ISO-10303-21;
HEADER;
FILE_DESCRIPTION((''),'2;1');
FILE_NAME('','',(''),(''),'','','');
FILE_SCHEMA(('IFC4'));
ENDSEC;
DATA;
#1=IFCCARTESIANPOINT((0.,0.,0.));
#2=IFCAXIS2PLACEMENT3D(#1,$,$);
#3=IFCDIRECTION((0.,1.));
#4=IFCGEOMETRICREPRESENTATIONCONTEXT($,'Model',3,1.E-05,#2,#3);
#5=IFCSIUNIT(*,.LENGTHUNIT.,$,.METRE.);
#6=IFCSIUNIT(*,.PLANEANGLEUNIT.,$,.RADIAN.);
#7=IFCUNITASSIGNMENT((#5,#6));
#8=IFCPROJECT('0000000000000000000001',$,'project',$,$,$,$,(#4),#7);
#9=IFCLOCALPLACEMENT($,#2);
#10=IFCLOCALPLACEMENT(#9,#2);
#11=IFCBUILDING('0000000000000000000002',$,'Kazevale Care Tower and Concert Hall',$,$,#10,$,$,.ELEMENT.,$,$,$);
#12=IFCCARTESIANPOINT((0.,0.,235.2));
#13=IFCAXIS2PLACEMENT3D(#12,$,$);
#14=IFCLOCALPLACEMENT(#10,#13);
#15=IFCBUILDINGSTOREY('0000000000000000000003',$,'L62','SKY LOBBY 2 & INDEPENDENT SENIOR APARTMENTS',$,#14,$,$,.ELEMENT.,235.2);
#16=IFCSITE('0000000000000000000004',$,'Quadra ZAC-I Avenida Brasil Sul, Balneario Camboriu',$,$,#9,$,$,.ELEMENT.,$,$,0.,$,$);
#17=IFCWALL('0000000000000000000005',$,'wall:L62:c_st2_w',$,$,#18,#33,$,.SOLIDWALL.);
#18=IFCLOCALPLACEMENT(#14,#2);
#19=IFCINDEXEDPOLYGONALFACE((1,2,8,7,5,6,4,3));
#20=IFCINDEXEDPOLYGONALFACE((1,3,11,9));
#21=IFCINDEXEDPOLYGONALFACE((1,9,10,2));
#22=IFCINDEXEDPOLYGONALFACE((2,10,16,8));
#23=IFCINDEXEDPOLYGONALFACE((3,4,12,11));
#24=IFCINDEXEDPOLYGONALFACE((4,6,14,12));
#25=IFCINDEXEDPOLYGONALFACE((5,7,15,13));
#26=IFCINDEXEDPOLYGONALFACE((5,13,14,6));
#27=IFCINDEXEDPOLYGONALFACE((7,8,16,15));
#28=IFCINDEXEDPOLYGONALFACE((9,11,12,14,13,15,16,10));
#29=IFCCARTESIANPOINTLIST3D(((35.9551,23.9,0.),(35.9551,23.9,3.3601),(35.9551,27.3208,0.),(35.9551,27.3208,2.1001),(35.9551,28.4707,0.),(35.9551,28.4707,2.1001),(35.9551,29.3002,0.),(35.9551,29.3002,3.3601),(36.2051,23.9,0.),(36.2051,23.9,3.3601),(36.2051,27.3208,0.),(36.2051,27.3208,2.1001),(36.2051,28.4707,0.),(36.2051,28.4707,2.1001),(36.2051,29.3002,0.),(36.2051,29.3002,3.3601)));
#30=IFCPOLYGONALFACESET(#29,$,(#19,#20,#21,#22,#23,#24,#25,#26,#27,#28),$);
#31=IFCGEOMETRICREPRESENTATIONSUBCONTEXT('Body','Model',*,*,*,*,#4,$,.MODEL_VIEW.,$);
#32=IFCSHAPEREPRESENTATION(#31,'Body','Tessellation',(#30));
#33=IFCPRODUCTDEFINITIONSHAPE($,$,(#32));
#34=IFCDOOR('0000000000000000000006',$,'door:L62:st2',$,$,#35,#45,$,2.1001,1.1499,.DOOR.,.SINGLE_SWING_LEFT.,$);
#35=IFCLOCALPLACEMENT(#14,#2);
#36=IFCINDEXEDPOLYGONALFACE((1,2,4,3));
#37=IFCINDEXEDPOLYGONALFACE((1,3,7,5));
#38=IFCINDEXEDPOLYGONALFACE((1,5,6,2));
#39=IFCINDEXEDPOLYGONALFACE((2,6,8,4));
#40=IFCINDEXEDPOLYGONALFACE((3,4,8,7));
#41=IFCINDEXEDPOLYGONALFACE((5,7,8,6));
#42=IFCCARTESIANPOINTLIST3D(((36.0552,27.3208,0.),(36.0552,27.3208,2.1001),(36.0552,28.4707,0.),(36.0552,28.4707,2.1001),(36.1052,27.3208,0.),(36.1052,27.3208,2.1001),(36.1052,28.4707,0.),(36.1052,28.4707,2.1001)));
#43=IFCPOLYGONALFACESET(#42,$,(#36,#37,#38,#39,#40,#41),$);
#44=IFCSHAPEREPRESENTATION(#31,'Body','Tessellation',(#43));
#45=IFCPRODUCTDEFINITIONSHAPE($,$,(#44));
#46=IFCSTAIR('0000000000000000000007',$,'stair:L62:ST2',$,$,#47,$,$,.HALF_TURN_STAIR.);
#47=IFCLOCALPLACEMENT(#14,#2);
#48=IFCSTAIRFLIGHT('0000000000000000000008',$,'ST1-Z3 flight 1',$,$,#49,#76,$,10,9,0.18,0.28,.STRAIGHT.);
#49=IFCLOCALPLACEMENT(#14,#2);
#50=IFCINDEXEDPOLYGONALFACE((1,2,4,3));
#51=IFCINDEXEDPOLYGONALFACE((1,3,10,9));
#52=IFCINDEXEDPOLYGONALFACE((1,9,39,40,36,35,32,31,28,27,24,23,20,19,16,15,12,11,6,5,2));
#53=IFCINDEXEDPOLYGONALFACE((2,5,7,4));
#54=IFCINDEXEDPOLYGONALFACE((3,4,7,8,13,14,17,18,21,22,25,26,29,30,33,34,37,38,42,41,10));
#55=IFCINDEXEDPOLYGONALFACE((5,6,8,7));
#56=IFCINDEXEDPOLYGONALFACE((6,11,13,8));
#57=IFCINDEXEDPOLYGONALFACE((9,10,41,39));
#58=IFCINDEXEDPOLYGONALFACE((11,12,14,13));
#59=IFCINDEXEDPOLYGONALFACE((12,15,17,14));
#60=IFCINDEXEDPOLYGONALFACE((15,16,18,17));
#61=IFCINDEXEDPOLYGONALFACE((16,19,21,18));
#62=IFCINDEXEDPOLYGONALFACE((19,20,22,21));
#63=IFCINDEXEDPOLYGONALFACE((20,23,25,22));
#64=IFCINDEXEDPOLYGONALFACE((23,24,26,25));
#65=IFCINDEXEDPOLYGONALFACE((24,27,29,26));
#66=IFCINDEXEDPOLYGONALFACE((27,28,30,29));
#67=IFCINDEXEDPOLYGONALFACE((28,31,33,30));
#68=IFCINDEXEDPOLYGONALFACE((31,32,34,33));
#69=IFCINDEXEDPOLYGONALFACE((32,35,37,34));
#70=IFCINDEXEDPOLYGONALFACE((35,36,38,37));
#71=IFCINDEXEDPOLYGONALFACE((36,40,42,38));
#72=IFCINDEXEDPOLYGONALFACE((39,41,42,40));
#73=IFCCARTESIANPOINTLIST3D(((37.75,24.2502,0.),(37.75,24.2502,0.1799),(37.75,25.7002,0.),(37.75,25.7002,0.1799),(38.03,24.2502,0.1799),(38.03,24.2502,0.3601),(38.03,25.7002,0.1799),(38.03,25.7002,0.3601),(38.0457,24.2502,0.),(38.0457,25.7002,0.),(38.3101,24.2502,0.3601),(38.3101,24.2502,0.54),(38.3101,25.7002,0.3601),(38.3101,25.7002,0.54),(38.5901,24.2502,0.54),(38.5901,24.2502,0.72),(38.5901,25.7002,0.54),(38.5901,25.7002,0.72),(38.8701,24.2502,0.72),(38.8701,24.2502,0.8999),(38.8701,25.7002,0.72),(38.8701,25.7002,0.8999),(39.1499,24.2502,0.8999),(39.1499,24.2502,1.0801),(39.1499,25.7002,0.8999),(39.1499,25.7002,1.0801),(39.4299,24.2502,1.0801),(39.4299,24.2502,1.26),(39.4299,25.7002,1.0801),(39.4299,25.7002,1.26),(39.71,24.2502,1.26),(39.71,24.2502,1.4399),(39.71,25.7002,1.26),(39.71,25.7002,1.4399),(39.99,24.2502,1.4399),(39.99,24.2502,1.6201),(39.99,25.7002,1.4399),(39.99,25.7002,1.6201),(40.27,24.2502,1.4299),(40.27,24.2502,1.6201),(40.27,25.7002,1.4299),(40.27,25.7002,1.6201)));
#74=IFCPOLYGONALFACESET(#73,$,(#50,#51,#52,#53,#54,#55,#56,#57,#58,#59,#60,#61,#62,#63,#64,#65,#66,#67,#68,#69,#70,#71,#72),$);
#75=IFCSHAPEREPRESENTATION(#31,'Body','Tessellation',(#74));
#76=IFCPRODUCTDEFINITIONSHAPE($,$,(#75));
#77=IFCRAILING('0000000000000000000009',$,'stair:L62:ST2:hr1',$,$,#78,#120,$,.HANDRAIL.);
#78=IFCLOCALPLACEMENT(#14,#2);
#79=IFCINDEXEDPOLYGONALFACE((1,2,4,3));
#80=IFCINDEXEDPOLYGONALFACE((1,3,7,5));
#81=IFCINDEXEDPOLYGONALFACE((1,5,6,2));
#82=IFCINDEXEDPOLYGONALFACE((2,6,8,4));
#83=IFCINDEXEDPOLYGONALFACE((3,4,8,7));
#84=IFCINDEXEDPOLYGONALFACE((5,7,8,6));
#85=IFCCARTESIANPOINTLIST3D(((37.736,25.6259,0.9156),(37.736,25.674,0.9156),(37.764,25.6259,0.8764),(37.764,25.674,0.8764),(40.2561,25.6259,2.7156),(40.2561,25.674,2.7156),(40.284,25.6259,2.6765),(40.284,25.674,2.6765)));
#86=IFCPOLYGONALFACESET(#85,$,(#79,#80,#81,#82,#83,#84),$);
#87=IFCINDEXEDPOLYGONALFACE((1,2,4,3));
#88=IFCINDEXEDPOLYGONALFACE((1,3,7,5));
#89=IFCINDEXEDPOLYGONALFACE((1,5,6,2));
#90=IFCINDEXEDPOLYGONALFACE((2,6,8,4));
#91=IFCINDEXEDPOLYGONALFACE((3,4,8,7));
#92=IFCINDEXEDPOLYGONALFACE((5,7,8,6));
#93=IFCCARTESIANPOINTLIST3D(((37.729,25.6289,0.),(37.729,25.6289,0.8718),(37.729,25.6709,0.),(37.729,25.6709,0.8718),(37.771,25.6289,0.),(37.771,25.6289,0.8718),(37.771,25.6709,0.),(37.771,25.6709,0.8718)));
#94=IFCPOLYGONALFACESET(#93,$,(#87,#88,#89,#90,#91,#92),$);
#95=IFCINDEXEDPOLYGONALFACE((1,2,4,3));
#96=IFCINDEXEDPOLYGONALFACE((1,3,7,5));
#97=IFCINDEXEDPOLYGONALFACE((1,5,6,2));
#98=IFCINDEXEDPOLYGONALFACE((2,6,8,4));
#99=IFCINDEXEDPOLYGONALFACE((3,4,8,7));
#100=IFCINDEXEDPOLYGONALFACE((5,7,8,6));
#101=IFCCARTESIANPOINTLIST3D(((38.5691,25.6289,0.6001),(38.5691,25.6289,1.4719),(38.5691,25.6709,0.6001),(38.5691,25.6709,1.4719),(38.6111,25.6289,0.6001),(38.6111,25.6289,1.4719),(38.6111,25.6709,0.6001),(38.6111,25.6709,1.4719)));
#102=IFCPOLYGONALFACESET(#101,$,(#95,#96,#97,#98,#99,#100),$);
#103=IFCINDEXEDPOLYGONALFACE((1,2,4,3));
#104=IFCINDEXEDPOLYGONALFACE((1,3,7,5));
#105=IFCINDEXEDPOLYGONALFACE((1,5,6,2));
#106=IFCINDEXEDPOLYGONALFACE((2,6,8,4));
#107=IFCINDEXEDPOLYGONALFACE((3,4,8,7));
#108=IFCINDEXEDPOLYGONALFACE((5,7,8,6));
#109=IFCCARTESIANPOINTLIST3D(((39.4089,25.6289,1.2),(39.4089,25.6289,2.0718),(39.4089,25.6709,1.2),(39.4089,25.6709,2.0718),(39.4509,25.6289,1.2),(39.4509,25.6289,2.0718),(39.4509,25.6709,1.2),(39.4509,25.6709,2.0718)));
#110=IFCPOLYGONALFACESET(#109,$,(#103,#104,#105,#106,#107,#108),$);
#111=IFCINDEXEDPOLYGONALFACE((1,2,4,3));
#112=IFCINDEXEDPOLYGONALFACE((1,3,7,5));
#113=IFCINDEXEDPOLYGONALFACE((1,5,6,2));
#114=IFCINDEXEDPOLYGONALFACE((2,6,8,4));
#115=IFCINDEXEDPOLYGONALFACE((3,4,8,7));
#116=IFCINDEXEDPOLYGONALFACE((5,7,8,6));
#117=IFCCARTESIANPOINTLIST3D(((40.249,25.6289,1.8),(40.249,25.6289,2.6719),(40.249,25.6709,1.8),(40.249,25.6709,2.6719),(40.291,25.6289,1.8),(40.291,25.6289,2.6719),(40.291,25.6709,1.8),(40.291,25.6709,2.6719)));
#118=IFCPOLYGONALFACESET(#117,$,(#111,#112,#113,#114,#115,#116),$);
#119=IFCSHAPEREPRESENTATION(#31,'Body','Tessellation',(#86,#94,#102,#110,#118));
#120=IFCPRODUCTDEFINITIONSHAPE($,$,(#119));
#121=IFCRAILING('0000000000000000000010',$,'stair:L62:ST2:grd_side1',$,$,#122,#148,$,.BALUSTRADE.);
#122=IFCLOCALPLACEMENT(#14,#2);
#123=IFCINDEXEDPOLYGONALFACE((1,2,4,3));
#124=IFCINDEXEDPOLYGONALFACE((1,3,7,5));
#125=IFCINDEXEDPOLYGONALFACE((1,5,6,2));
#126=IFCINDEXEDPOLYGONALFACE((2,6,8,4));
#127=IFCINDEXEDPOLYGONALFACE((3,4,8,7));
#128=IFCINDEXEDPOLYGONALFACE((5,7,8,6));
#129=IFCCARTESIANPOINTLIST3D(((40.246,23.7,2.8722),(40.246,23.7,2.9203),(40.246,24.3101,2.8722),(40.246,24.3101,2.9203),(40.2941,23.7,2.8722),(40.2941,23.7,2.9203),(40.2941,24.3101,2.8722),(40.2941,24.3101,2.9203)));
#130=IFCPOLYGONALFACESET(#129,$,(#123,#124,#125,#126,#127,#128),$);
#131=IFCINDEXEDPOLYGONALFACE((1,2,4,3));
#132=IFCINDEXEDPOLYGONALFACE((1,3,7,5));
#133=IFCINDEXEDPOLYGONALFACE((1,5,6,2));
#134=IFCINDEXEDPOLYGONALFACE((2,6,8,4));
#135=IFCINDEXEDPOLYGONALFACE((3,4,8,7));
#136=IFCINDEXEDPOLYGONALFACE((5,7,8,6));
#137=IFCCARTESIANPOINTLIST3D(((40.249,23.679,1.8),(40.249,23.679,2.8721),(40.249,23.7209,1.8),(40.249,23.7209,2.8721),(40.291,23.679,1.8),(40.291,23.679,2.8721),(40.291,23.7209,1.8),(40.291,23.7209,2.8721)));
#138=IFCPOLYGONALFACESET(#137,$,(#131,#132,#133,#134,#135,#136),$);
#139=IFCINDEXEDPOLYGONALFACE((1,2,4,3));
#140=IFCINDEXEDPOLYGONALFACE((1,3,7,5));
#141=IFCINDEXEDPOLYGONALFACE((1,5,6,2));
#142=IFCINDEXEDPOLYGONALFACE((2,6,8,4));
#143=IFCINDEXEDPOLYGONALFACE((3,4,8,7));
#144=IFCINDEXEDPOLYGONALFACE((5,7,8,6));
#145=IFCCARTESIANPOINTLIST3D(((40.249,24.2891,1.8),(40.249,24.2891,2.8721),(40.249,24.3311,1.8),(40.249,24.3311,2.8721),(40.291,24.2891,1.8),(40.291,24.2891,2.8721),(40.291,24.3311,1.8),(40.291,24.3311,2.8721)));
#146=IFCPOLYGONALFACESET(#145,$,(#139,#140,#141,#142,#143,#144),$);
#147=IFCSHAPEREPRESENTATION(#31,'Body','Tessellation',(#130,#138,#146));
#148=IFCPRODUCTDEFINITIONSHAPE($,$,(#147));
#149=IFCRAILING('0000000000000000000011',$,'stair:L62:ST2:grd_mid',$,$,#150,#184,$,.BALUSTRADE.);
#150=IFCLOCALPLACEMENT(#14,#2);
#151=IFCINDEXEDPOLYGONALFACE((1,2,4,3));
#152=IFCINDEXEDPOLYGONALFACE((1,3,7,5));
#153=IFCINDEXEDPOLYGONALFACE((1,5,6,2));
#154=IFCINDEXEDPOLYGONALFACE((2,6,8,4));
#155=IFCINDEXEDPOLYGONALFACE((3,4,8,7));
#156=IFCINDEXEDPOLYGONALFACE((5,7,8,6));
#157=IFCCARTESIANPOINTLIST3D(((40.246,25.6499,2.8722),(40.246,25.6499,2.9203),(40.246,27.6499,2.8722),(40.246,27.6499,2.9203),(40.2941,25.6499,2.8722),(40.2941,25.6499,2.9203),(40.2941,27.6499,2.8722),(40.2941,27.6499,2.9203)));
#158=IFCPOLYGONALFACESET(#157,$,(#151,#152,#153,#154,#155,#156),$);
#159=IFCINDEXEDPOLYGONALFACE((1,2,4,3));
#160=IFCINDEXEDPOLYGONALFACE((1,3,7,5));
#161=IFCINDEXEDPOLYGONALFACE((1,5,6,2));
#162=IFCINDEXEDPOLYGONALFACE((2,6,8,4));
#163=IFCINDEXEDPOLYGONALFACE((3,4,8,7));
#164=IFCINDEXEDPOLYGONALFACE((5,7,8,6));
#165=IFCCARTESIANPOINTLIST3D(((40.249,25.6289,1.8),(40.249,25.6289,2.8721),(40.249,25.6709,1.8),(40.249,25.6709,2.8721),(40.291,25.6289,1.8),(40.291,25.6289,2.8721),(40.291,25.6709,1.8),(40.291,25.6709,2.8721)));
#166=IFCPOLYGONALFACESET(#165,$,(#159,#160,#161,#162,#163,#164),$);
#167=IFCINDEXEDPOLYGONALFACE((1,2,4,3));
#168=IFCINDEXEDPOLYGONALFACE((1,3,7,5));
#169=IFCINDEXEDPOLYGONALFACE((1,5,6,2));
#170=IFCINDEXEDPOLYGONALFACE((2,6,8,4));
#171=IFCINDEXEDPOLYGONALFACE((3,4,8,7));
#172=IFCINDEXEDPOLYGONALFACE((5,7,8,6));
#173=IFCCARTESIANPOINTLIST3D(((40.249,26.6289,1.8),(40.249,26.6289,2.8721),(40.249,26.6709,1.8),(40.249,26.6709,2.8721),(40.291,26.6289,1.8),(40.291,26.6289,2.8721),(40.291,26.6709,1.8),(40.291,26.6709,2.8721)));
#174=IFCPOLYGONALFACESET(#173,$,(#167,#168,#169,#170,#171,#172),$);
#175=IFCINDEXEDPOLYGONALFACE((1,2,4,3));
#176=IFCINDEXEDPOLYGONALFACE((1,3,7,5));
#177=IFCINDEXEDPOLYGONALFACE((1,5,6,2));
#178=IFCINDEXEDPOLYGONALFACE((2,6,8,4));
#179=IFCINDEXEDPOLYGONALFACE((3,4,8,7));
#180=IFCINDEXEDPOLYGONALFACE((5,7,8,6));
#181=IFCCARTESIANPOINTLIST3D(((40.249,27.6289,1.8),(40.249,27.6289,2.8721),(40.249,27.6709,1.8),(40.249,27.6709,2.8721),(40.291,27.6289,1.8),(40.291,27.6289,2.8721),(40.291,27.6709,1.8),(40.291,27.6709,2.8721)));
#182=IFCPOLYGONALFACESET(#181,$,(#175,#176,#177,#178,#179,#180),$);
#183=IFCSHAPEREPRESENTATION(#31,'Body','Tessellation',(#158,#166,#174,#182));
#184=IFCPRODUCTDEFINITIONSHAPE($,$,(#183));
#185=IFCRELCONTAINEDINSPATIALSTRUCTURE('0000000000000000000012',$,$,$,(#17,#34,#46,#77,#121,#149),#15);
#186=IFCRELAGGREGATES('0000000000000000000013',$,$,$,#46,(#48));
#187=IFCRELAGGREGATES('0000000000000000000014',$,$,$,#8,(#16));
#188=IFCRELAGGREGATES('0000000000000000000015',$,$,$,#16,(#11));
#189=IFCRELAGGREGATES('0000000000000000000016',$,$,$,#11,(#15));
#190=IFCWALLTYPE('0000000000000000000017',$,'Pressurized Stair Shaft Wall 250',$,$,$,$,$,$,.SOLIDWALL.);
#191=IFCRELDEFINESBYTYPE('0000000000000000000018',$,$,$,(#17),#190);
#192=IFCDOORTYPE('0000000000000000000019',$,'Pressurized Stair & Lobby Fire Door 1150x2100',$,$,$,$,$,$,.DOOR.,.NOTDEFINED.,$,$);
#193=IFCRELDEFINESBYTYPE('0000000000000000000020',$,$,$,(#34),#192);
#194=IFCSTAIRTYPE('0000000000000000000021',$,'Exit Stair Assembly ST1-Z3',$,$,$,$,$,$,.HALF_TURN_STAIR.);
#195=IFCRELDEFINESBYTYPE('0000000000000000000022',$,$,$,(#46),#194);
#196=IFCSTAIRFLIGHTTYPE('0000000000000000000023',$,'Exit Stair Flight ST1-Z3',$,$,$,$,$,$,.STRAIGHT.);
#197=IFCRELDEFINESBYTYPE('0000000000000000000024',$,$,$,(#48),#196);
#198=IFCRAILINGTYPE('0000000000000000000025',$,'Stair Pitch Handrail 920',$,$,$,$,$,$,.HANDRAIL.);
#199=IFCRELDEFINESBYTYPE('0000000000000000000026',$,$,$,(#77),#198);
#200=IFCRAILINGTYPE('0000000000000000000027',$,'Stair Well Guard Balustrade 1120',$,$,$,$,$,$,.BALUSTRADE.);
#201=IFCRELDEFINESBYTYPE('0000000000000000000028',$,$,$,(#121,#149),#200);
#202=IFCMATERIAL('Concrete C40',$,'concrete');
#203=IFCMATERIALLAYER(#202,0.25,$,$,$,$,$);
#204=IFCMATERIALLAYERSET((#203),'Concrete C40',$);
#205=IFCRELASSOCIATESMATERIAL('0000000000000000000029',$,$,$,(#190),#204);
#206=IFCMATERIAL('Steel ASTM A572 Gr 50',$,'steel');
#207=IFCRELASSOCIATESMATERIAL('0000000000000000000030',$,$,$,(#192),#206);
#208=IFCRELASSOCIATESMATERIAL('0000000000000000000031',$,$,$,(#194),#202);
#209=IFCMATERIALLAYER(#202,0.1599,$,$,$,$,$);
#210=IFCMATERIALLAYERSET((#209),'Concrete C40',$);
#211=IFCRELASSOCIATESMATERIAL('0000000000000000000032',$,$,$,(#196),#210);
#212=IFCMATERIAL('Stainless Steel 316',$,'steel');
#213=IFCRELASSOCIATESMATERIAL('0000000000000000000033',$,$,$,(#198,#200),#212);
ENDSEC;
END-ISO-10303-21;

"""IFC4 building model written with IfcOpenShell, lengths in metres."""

from ifc_helpers import new_model, si_unit, direction, frame, frame_2d, origin, origin_2d, place, context, subcontext, project, spatial, polyline, rectangle, outline, extrude, material, layer, layer_set, type_object, element, fill, aggregate, save


model = new_model("IFC4")

# Units and contexts
model_context = context("Model", 3, precision=1e-05, world=origin(), true_north=direction((0.0, 1.0)))
body_context = subcontext(model_context, "Body", "Model", "MODEL_VIEW")
ifc_project = project(units=[si_unit("LENGTHUNIT", "METRE"), si_unit("PLANEANGLEUNIT", "RADIAN")], contexts=[model_context])

# Site, building, storey
site_placement = place(None, origin())
site = spatial("IfcSite", under=ifc_project, at=site_placement, Name="Quadra ZAC-I Avenida Brasil Sul, Balneario Camboriu", CompositionType="ELEMENT", RefElevation=0.0)
building_placement = place(site_placement, origin())
building = spatial("IfcBuilding", under=site, at=building_placement, Name="Kazevale Care Tower and Concert Hall", CompositionType="ELEMENT")
storey_placement = place(building_placement, frame((0.0, 0.0, 235.2)))
storey = spatial("IfcBuildingStorey", under=building, at=storey_placement, Name="L62", Description="SKY LOBBY 2 & INDEPENDENT SENIOR APARTMENTS", CompositionType="ELEMENT", Elevation=235.2)

# Shared definitions
ifc_material_1 = material(Name="Steel ASTM A572 Gr 50", Category="steel")

# Wall, opening, door
ifc_material_2 = material(Name="Concrete C40", Category="concrete")
ifc_layer_1 = layer(ifc_material_2, 0.25)
ifc_layer_set_1 = layer_set([ifc_layer_1], Name="Concrete C40")
wall_type_1 = type_object("IfcWallType", Name="Pressurized Stair Shaft Wall 250", PredefinedType="SOLIDWALL", material=ifc_layer_set_1)
wall_1_placement = place(storey_placement, frame((36.0801, 23.8999, 0.0), z_axis=(0.0, 0.0, 1.0), x_axis=(0.0, 1.0, 0.0)))
wall_1 = element("IfcWall", 1, at=wall_1_placement, inside=storey, type_object=wall_type_1, Name="wall:L62:c_st2_w", PredefinedType="SOLIDWALL", context=body_context, shape_type="SweptSolid", body=[
    extrude(rectangle(XDim=5.4001, YDim=0.25, at=frame_2d((2.7002, 0.0))), origin(), (0.0, 0.0, 1.0), 3.3601),
])
opening_1_placement = place(wall_1_placement, frame((3.4209, 0.0, 0.0)))
opening_1 = element("IfcOpeningElement", 2, at=opening_1_placement, cuts=wall_1, PredefinedType="OPENING", context=body_context, shape_type="SweptSolid", body=[
    extrude(rectangle(XDim=1.1499, YDim=2.1001, at=frame_2d((0.575, 1.05))), frame((0.0, 0.135, 0.0), z_axis=(0.0, -1.0, 0.0), x_axis=(1.0, 0.0, 0.0)), (0.0, 0.0, 1.0), 0.27),
])
door_type_1 = type_object("IfcDoorType", Name="Pressurized Stair & Lobby Fire Door 1150x2100", OperationType="NOTDEFINED", PredefinedType="DOOR", material=ifc_material_1)
door_1_placement = place(opening_1_placement, origin())
door_1 = element("IfcDoor", 3, at=door_1_placement, inside=storey, type_object=door_type_1, Name="door:L62:st2", OperationType="SINGLE_SWING_LEFT", OverallHeight=2.1001, OverallWidth=1.1499, PredefinedType="DOOR", context=body_context, shape_type="SweptSolid", body=[
    extrude(rectangle(XDim=1.1499, YDim=2.1001, at=frame_2d((0.575, 1.05))), frame((0.0, 0.0249, 0.0), z_axis=(0.0, -1.0, 0.0), x_axis=(1.0, 0.0, 0.0)), (0.0, 0.0, 1.0), 0.05),
])
fill(opening_1, door_1)

# Stair, stair flight
stair_type = type_object("IfcStairType", Name="Exit Stair Assembly ST1-Z3", PredefinedType="HALF_TURN_STAIR", material=ifc_material_2)
stair_placement = place(storey_placement, origin())
stair = element("IfcStair", 4, at=stair_placement, inside=storey, type_object=stair_type, Name="stair:L62:ST2", PredefinedType="HALF_TURN_STAIR")
ifc_layer_2 = layer(ifc_material_2, 0.1599)
ifc_layer_set_2 = layer_set([ifc_layer_2], Name="Concrete C40")
stair_flight_type = type_object("IfcStairFlightType", Name="Exit Stair Flight ST1-Z3", PredefinedType="STRAIGHT", material=ifc_layer_set_2)
stair_flight_placement = place(storey_placement, frame((37.75, 24.9751, 0.0), z_axis=(0.0, 0.0, 1.0), x_axis=(1.0, 0.0, 0.0)))
stair_flight = element("IfcStairFlight", 5, at=stair_flight_placement, type_object=stair_flight_type, Name="ST1-Z3 flight 1", NumberOfRisers=10, NumberOfTreads=9, PredefinedType="STRAIGHT", RiserHeight=0.18, TreadLength=0.28, context=body_context, shape_type="SweptSolid", body=[
    extrude(outline(polyline([(0.0, 0.0), (0.0, 0.1799), (0.28, 0.1799), (0.28, 0.3601), (0.5601, 0.3601), (0.5601, 0.54), (0.8401, 0.54), (0.8401, 0.72), (1.1201, 0.72), (1.1201, 0.8999), (1.3999, 0.8999), (1.3999, 1.0801), (1.6799, 1.0801), (1.6799, 1.26), (1.96, 1.26), (1.96, 1.4399), (2.24, 1.4399), (2.24, 1.6201), (2.52, 1.6201), (2.52, 1.8), (2.52, 1.4299), (0.2957, 0.0), (0.0, 0.0)])), frame((0.0, 0.7251, 0.0), z_axis=(0.0, -1.0, 0.0), x_axis=(1.0, 0.0, 0.0)), (0.0, 0.0, 1.0), 1.45),
])
aggregate(stair, [stair_flight])

# Railings
ifc_material_3 = material(Name="Stainless Steel 316", Category="steel")
railing_type_1 = type_object("IfcRailingType", Name="Stair Pitch Handrail 920", PredefinedType="HANDRAIL", material=ifc_material_3)
railing_1_placement = place(storey_placement, frame((37.75, 25.6499, 0.0)))
element("IfcRailing", 6, at=railing_1_placement, inside=storey, type_object=railing_type_1, Name="stair:L62:ST2:hr1", PredefinedType="HANDRAIL", context=body_context, shape_type="SweptSolid", body=[
    extrude(rectangle(XDim=0.0481, YDim=0.0481, at=origin_2d()), frame((0.0, 0.0, 0.896), z_axis=(0.813728, 0.0, 0.581246), x_axis=(0.0, 1.0, 0.0)), (0.0, 0.0, 1.0), 3.0969),
    extrude(rectangle(XDim=0.042, YDim=0.042, at=origin_2d()), origin(), (0.0, 0.0, 1.0), 0.8718),
    extrude(rectangle(XDim=0.042, YDim=0.042, at=origin_2d()), frame((0.8401, 0.0, 0.6001)), (0.0, 0.0, 1.0), 0.8718),
    extrude(rectangle(XDim=0.042, YDim=0.042, at=origin_2d()), frame((1.6799, 0.0, 1.2)), (0.0, 0.0, 1.0), 0.8718),
    extrude(rectangle(XDim=0.042, YDim=0.042, at=origin_2d()), frame((2.52, 0.0, 1.8)), (0.0, 0.0, 1.0), 0.8718),
])
railing_type_2 = type_object("IfcRailingType", Name="Stair Well Guard Balustrade 1120", PredefinedType="BALUSTRADE", material=ifc_material_3)
railing_2_placement = place(storey_placement, frame((40.27, 23.7, 1.8)))
element("IfcRailing", 7, at=railing_2_placement, inside=storey, type_object=railing_type_2, Name="stair:L62:ST2:grd_side1", PredefinedType="BALUSTRADE", context=body_context, shape_type="SweptSolid", body=[
    extrude(rectangle(XDim=0.0481, YDim=0.0481, at=origin_2d()), frame((0.0, 0.0, 1.0962), z_axis=(0.0, 1.0, 0.0), x_axis=(-1.0, 0.0, 0.0)), (0.0, 0.0, 1.0), 0.6101),
    extrude(rectangle(XDim=0.042, YDim=0.042, at=origin_2d()), origin(), (0.0, 0.0, 1.0), 1.072),
    extrude(rectangle(XDim=0.042, YDim=0.042, at=origin_2d()), frame((0.0, 0.6101, 0.0)), (0.0, 0.0, 1.0), 1.072),
])
for number, where, name in (
    (8, (40.27, 25.6499, 1.8), "stair:L62:ST2:grd_mid"),
):
    element("IfcRailing", number, at=place(storey_placement, frame(where)), inside=storey, type_object=railing_type_2, Name=name, PredefinedType="BALUSTRADE", context=body_context, shape_type="SweptSolid", body=[
        extrude(rectangle(XDim=0.0481, YDim=0.0481, at=origin_2d()), frame((0.0, 0.0, 1.0962), z_axis=(0.0, 1.0, 0.0), x_axis=(-1.0, 0.0, 0.0)), (0.0, 0.0, 1.0), 2.0),
        extrude(rectangle(XDim=0.042, YDim=0.042, at=origin_2d()), origin(), (0.0, 0.0, 1.0), 1.072),
        extrude(rectangle(XDim=0.042, YDim=0.042, at=origin_2d()), frame((0.0, 1.0, 0.0)), (0.0, 0.0, 1.0), 1.072),
        extrude(rectangle(XDim=0.042, YDim=0.042, at=origin_2d()), frame((0.0, 2.0, 0.0)), (0.0, 0.0, 1.0), 1.072),
    ])

save(model, "model.ifc")
